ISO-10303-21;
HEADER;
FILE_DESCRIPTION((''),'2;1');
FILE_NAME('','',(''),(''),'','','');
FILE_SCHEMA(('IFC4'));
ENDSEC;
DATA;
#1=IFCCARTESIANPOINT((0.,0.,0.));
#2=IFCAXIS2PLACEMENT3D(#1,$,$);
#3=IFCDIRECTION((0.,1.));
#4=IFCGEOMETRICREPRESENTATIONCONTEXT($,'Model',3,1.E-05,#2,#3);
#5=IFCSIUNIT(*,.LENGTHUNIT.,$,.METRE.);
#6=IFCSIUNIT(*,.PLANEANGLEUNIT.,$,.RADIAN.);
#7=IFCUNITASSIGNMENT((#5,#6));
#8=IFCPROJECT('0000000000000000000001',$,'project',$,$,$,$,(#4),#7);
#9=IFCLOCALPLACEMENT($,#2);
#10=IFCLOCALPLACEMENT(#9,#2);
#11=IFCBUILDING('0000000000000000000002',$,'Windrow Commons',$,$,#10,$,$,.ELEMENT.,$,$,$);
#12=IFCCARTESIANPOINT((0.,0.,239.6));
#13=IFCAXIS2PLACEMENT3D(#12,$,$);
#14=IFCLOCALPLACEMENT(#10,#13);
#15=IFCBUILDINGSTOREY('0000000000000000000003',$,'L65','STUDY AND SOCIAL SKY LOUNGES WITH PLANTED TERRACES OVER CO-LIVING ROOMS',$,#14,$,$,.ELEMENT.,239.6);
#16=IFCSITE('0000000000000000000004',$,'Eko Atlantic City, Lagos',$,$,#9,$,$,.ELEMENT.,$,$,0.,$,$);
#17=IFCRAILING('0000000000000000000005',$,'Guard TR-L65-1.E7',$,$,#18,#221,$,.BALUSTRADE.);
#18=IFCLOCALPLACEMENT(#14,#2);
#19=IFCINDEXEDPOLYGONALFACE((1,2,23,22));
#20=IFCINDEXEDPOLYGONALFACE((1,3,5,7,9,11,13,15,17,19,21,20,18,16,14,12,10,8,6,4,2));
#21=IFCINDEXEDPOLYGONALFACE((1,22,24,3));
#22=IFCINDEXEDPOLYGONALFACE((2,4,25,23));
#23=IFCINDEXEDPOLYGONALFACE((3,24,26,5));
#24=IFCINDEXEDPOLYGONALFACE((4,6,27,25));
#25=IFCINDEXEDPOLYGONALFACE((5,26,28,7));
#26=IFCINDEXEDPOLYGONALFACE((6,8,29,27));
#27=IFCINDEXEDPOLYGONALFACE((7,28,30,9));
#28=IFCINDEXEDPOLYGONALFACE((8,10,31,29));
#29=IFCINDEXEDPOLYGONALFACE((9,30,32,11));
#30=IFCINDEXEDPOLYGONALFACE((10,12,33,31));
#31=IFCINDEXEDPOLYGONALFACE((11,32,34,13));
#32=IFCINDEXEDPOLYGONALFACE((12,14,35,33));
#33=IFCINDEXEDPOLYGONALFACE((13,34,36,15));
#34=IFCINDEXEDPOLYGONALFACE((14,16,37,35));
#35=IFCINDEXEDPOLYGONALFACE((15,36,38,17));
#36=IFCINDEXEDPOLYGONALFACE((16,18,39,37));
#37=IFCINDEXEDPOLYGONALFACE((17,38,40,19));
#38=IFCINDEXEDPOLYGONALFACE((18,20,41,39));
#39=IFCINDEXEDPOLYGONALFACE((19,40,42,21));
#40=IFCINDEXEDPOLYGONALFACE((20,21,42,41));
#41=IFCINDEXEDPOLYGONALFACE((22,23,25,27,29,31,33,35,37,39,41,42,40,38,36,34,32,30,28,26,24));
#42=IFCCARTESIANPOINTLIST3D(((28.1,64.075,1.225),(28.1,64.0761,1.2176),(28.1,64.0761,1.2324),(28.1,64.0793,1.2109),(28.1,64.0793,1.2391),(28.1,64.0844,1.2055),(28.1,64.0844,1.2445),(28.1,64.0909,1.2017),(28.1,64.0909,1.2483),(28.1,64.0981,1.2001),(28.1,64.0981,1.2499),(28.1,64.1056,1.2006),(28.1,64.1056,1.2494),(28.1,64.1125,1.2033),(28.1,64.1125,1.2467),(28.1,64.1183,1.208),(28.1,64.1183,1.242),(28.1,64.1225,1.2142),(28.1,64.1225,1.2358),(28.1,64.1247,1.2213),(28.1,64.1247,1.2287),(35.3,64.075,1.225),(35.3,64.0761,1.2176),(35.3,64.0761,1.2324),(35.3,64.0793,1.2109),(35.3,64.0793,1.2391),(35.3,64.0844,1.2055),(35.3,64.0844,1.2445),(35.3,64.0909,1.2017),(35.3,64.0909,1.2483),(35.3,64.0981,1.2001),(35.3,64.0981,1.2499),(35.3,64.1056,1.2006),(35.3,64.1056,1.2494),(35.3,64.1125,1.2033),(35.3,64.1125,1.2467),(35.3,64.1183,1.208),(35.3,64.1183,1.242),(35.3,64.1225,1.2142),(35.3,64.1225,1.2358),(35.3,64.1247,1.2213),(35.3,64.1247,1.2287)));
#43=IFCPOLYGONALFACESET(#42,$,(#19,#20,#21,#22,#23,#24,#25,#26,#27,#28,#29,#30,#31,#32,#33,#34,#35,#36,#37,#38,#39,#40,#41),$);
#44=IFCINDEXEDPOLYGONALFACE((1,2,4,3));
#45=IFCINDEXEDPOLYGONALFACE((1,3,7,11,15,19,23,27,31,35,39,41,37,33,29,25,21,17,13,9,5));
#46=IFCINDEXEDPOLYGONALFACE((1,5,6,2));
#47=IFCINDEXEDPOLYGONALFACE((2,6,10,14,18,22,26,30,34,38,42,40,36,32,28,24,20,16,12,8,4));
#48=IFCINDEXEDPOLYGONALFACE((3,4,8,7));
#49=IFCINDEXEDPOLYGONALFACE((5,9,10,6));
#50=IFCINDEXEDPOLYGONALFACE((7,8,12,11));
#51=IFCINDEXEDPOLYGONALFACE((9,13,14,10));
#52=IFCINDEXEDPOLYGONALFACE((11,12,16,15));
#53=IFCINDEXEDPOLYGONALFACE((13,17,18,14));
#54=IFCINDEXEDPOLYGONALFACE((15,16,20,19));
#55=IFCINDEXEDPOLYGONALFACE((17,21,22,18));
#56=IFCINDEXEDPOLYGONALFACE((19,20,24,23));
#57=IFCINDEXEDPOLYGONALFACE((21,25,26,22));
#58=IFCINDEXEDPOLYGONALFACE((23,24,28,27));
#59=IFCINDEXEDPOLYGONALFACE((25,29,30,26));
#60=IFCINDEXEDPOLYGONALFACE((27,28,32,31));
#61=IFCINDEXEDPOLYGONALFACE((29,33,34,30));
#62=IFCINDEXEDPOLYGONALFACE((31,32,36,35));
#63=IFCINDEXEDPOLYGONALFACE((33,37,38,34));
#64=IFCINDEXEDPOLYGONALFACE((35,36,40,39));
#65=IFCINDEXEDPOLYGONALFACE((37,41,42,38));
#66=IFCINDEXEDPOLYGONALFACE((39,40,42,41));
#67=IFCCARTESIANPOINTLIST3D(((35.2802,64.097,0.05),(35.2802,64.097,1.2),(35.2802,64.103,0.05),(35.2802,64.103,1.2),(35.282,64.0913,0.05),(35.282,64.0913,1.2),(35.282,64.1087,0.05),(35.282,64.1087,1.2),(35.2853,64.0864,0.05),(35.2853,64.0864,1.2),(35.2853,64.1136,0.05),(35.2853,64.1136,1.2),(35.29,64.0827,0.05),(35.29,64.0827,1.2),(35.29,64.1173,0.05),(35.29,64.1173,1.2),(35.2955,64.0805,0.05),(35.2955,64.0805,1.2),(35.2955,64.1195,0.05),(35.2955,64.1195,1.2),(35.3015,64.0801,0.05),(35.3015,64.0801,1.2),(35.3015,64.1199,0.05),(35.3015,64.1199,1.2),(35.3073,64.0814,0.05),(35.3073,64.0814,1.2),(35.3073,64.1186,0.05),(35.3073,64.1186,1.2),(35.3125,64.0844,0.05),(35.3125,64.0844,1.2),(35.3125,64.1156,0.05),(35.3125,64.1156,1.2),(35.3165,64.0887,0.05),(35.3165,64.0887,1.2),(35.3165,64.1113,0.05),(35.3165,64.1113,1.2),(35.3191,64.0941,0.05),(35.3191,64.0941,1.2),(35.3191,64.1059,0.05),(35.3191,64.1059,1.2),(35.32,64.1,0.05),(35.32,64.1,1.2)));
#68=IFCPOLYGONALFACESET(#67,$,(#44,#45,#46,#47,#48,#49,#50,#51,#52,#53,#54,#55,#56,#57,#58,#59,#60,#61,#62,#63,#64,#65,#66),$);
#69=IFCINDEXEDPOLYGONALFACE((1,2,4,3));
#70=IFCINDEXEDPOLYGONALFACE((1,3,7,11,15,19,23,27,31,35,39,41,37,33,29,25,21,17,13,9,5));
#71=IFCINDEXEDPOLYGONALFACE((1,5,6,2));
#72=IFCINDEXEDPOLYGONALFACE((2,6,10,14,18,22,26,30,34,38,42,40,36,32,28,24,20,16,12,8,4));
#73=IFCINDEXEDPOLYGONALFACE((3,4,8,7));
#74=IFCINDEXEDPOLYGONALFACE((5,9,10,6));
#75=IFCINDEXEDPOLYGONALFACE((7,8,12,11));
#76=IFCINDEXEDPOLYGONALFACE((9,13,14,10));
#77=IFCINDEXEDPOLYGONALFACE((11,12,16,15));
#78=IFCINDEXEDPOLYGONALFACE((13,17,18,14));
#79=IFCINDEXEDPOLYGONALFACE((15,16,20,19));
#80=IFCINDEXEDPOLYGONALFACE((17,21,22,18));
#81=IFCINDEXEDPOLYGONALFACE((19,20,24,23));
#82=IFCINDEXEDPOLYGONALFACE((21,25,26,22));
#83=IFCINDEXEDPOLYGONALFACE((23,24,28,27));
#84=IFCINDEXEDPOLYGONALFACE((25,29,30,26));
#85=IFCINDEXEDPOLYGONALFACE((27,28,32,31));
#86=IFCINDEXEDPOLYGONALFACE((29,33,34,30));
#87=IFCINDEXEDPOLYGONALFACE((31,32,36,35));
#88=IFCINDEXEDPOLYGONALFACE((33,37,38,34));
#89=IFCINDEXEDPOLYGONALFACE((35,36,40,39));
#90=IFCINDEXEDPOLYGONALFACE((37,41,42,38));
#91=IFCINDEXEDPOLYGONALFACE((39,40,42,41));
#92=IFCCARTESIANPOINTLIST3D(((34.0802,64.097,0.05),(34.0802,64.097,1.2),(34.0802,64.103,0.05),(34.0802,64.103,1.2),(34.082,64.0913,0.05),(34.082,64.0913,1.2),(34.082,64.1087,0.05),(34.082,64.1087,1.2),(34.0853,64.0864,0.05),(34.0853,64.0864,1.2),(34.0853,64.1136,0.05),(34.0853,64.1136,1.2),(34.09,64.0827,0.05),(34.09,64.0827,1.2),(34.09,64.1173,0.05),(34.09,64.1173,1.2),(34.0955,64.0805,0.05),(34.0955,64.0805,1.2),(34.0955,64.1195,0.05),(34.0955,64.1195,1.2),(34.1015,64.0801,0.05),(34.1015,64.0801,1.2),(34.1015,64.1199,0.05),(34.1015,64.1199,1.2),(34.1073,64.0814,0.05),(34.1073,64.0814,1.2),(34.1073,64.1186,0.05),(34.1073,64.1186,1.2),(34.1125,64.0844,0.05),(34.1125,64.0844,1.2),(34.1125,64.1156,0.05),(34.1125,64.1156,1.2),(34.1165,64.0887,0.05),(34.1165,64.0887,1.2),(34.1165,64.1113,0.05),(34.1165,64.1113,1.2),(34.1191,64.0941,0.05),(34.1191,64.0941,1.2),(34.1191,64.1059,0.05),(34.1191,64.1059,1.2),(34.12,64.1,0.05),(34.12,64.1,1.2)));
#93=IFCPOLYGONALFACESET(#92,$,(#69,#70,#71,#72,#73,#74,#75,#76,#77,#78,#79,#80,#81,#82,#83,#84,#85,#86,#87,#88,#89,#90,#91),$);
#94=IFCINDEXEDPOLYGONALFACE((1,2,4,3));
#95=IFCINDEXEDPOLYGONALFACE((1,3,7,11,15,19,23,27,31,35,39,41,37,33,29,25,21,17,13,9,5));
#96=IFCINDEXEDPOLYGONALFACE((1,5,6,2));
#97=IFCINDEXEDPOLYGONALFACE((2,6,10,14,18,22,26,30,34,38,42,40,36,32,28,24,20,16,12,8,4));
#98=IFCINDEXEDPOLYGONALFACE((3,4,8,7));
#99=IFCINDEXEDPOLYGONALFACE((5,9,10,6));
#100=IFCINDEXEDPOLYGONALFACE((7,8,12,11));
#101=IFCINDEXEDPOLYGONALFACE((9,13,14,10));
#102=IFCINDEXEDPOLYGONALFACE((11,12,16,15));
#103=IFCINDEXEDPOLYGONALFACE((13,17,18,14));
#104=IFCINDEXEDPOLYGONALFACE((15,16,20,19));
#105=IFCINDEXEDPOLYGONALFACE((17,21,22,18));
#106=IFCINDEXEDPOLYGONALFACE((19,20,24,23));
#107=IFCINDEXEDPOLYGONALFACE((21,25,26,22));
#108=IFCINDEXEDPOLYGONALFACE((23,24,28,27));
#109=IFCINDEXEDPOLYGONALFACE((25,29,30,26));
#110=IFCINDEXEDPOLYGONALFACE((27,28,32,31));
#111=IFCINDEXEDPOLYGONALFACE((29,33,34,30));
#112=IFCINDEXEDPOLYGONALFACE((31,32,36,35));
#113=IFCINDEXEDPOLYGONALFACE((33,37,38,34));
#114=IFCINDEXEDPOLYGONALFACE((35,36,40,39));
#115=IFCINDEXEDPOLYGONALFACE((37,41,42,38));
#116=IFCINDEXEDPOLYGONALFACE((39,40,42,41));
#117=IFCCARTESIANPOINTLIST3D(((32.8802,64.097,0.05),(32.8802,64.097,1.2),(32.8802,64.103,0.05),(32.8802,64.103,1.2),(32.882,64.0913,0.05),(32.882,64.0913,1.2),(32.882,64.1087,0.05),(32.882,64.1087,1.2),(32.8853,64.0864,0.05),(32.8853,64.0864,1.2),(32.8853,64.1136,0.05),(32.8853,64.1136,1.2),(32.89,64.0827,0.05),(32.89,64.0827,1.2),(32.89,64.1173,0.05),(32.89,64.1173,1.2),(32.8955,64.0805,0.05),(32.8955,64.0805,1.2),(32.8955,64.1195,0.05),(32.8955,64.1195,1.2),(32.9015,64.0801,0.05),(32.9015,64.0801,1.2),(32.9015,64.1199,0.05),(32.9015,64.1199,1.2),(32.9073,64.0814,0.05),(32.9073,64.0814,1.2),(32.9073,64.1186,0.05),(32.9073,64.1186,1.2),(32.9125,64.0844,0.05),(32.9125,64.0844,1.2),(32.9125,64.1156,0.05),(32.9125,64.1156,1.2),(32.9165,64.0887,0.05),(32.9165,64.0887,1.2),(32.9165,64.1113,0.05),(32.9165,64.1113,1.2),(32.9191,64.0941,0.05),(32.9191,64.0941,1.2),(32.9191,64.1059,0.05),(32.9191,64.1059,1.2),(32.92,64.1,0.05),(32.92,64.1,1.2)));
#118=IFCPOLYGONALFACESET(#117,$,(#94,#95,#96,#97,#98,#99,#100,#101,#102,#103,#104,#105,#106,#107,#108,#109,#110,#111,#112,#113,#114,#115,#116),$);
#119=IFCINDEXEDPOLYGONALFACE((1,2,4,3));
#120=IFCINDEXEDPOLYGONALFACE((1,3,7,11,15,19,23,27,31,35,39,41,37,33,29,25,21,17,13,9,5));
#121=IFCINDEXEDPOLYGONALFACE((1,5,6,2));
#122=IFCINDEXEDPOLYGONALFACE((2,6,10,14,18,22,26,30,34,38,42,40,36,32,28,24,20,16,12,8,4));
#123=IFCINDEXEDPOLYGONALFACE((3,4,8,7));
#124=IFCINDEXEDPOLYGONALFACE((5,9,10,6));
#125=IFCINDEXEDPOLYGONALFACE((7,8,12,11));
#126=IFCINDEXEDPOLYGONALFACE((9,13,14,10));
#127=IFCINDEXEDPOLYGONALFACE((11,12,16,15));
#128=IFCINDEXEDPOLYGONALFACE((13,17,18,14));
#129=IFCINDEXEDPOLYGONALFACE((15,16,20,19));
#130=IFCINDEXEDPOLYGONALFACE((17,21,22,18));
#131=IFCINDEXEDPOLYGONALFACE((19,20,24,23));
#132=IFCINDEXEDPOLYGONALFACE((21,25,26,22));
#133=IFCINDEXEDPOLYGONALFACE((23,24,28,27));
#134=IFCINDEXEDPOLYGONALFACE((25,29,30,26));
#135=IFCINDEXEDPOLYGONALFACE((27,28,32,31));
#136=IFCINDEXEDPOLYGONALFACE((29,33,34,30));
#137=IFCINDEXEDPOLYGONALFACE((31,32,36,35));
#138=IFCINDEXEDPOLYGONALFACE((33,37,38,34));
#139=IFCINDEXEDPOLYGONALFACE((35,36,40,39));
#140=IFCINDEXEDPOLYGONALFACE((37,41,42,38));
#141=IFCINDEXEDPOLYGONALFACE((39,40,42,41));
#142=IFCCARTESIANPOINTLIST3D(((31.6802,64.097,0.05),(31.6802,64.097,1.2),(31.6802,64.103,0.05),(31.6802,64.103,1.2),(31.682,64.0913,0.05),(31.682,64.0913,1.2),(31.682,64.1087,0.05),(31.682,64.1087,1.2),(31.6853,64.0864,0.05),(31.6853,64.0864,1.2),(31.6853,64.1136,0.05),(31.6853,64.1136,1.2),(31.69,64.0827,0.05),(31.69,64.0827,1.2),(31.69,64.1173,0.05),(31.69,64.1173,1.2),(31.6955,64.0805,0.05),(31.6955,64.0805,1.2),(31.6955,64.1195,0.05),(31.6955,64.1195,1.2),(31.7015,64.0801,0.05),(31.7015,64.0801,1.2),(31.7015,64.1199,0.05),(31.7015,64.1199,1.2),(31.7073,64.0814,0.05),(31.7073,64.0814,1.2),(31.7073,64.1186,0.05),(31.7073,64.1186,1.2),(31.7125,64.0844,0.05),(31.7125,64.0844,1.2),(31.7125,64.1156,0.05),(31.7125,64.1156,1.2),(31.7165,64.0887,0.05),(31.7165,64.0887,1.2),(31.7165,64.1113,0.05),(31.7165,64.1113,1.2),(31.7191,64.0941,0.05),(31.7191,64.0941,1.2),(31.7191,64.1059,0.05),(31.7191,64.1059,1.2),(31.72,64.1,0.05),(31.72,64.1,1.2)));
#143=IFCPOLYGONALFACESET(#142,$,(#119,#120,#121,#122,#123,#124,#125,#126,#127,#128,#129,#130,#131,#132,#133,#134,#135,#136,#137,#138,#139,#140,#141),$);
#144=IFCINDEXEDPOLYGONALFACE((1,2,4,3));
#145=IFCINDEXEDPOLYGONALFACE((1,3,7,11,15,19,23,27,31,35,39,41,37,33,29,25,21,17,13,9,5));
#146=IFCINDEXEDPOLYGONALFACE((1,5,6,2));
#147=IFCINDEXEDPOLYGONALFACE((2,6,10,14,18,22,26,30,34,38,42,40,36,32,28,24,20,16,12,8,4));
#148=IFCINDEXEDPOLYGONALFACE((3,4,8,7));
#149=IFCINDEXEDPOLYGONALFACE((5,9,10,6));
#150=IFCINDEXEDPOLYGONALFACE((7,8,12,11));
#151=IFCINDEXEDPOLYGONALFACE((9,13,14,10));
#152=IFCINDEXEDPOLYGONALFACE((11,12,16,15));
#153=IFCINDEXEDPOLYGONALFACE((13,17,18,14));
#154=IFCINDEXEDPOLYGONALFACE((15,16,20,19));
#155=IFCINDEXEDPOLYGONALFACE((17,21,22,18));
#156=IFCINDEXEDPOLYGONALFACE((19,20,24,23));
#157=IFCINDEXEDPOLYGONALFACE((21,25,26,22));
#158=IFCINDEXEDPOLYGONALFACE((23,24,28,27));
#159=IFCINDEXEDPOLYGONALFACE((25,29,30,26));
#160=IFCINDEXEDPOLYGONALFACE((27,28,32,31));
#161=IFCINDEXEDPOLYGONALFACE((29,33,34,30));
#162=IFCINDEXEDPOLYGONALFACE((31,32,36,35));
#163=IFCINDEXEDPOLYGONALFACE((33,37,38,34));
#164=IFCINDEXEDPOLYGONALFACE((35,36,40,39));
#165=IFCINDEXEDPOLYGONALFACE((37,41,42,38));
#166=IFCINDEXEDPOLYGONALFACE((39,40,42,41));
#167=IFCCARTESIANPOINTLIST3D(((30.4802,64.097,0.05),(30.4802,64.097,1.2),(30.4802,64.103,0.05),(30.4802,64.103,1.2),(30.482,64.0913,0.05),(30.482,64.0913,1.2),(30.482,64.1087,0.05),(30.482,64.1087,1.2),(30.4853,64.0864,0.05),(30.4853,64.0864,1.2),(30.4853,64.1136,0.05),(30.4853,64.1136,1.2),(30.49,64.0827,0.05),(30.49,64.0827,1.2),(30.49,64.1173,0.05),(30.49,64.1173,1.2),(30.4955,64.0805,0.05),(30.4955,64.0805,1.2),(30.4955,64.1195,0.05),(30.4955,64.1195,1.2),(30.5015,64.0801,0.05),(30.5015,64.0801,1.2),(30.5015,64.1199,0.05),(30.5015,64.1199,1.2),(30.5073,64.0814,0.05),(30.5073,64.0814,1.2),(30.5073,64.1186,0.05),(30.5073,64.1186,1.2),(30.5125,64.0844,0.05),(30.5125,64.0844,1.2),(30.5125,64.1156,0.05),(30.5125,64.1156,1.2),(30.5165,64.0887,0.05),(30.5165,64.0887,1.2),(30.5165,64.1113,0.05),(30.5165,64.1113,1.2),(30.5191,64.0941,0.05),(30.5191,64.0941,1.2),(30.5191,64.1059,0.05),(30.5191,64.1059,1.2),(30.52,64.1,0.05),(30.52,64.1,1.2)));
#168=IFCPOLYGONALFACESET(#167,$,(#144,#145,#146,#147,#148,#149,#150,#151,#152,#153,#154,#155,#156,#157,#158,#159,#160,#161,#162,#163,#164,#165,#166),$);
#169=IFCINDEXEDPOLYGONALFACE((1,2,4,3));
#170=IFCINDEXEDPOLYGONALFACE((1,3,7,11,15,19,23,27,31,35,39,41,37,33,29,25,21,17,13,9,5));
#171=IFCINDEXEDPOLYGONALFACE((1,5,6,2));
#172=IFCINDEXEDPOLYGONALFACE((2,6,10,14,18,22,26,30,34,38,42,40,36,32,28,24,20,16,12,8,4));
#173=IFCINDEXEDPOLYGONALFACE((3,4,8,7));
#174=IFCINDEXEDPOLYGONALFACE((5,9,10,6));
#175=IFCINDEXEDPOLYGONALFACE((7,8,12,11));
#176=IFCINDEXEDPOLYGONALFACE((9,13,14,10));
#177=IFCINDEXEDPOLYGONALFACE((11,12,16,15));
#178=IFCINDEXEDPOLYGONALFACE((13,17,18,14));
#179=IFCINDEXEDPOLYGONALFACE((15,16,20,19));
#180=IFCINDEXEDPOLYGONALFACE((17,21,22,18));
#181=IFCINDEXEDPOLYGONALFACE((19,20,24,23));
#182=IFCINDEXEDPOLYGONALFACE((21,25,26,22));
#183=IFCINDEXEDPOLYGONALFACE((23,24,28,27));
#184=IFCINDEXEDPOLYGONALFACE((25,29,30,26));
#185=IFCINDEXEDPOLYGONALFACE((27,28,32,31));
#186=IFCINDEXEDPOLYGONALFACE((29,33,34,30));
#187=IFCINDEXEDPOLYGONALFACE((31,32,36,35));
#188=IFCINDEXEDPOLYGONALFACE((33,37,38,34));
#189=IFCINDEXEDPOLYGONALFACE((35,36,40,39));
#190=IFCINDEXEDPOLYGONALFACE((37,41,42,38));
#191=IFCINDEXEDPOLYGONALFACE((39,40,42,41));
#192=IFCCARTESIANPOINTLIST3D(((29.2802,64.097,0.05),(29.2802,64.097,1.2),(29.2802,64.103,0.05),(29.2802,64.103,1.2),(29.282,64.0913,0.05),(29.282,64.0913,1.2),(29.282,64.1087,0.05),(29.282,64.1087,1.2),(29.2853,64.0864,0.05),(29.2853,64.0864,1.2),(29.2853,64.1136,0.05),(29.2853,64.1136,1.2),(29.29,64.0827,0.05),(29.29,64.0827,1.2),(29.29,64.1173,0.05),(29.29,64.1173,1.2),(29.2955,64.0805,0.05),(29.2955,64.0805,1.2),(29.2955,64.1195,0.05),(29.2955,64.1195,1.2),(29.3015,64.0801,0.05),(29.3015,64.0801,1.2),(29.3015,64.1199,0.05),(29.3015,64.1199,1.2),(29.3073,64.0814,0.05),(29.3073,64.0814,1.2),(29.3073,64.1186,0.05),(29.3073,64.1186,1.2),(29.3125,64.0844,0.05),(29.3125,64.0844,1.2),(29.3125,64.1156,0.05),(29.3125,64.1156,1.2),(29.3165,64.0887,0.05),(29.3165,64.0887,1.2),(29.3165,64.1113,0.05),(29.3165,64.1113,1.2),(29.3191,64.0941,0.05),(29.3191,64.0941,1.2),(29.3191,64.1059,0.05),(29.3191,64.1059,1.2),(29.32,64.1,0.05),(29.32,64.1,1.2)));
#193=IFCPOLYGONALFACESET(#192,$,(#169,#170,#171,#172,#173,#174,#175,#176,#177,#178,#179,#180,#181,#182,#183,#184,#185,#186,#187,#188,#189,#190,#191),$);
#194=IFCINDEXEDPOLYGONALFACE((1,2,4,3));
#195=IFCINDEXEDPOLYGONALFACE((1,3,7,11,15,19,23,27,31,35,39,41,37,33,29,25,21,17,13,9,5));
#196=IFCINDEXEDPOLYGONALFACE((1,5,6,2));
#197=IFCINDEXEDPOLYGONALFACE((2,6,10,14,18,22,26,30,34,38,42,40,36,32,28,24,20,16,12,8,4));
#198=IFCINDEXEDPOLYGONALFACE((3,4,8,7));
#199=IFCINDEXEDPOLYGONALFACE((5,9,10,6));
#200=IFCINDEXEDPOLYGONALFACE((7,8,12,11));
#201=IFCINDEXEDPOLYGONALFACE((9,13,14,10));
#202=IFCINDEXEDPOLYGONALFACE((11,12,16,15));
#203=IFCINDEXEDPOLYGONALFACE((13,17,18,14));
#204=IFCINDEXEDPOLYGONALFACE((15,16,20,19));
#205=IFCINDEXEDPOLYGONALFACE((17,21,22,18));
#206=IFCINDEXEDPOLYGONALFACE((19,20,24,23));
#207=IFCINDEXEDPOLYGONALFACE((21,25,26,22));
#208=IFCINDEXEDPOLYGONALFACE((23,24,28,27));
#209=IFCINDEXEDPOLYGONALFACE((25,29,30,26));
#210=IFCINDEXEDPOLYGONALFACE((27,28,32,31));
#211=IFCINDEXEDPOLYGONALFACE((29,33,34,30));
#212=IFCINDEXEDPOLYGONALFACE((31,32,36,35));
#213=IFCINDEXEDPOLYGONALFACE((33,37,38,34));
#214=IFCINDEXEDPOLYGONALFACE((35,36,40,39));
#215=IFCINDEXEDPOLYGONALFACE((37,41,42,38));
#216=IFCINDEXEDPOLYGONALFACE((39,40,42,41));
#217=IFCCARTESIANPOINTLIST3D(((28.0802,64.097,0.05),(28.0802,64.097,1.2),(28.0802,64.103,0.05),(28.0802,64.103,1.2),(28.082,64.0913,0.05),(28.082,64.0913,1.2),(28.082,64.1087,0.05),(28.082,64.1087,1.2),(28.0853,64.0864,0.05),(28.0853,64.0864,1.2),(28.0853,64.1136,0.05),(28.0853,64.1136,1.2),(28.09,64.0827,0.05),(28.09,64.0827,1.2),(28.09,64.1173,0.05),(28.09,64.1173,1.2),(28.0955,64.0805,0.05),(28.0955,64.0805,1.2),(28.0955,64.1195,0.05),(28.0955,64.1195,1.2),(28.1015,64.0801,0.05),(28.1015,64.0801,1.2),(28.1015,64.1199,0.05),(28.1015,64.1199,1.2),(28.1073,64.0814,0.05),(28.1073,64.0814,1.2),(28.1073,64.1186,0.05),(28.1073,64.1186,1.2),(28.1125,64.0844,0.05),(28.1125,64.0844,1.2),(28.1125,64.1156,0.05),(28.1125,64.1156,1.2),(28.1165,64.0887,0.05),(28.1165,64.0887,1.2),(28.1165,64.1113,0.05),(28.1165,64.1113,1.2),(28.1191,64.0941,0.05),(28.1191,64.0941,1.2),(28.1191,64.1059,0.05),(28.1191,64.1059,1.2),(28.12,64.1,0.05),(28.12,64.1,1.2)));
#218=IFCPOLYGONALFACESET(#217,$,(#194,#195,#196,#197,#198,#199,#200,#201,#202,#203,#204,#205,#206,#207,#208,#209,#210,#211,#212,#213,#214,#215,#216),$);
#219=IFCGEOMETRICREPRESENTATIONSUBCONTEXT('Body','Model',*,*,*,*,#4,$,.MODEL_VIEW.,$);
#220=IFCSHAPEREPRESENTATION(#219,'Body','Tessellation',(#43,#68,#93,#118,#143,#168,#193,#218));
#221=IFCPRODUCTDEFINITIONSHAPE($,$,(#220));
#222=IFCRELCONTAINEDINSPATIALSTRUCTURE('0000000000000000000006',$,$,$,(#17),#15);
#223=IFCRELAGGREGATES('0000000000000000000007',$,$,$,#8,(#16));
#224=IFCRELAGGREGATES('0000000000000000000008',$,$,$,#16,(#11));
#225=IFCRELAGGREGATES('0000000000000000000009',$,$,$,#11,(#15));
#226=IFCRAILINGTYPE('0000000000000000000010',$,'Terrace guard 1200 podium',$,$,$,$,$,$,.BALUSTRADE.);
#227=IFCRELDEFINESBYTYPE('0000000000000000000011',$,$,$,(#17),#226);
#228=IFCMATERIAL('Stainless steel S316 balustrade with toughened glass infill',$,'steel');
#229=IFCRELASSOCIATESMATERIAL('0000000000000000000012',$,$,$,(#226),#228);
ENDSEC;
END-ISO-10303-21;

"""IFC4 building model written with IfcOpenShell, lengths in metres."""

from ifc_helpers import new_model, si_unit, direction, frame, origin, origin_2d, place, context, subcontext, project, spatial, circle, extrude, material, type_object, element, save


model = new_model("IFC4")

# Units and contexts
model_context = context("Model", 3, precision=1e-05, world=origin(), true_north=direction((0.0, 1.0)))
body_context = subcontext(model_context, "Body", "Model", "MODEL_VIEW")
ifc_project = project(units=[si_unit("LENGTHUNIT", "METRE"), si_unit("PLANEANGLEUNIT", "RADIAN")], contexts=[model_context])

# Site, building, storey
site_placement = place(None, origin())
site = spatial("IfcSite", under=ifc_project, at=site_placement, Name="Eko Atlantic City, Lagos", CompositionType="ELEMENT", RefElevation=0.0)
building_placement = place(site_placement, origin())
building = spatial("IfcBuilding", under=site, at=building_placement, Name="Windrow Commons", CompositionType="ELEMENT")
storey_placement = place(building_placement, frame((0.0, 0.0, 239.6)))
storey = spatial("IfcBuildingStorey", under=building, at=storey_placement, Name="L65", Description="STUDY AND SOCIAL SKY LOUNGES WITH PLANTED TERRACES OVER CO-LIVING ROOMS", CompositionType="ELEMENT", Elevation=239.6)

# Railing
ifc_material_1 = material(Name="Stainless steel S316 balustrade with toughened glass infill", Category="steel")
railing_type = type_object("IfcRailingType", Name="Terrace guard 1200 podium", PredefinedType="BALUSTRADE", material=ifc_material_1)
railing_placement = place(storey_placement, frame((35.3, 64.1, 0.05)))
element("IfcRailing", 1, at=railing_placement, inside=storey, type_object=railing_type, Name="Guard TR-L65-1.E7", PredefinedType="BALUSTRADE", context=body_context, shape_type="SweptSolid", body=[
    extrude(circle(Radius=0.025, at=origin_2d()), frame((0.0, 0.0, 1.175), z_axis=(-1.0, 0.0, 0.0), x_axis=(0.0, -1.0, 0.0)), (0.0, 0.0, 1.0), 7.2),
    extrude(circle(Radius=0.02, at=origin_2d()), origin(), (0.0, 0.0, 1.0), 1.15),
    extrude(circle(Radius=0.02, at=origin_2d()), frame((-1.2, 0.0, 0.0)), (0.0, 0.0, 1.0), 1.15),
    extrude(circle(Radius=0.02, at=origin_2d()), frame((-2.4, 0.0, 0.0)), (0.0, 0.0, 1.0), 1.15),
    extrude(circle(Radius=0.02, at=origin_2d()), frame((-3.6, 0.0, 0.0)), (0.0, 0.0, 1.0), 1.15),
    extrude(circle(Radius=0.02, at=origin_2d()), frame((-4.8, 0.0, 0.0)), (0.0, 0.0, 1.0), 1.15),
    extrude(circle(Radius=0.02, at=origin_2d()), frame((-6.0, 0.0, 0.0)), (0.0, 0.0, 1.0), 1.15),
    extrude(circle(Radius=0.02, at=origin_2d()), frame((-7.2, 0.0, 0.0)), (0.0, 0.0, 1.0), 1.15),
])

save(model, "model.ifc")
